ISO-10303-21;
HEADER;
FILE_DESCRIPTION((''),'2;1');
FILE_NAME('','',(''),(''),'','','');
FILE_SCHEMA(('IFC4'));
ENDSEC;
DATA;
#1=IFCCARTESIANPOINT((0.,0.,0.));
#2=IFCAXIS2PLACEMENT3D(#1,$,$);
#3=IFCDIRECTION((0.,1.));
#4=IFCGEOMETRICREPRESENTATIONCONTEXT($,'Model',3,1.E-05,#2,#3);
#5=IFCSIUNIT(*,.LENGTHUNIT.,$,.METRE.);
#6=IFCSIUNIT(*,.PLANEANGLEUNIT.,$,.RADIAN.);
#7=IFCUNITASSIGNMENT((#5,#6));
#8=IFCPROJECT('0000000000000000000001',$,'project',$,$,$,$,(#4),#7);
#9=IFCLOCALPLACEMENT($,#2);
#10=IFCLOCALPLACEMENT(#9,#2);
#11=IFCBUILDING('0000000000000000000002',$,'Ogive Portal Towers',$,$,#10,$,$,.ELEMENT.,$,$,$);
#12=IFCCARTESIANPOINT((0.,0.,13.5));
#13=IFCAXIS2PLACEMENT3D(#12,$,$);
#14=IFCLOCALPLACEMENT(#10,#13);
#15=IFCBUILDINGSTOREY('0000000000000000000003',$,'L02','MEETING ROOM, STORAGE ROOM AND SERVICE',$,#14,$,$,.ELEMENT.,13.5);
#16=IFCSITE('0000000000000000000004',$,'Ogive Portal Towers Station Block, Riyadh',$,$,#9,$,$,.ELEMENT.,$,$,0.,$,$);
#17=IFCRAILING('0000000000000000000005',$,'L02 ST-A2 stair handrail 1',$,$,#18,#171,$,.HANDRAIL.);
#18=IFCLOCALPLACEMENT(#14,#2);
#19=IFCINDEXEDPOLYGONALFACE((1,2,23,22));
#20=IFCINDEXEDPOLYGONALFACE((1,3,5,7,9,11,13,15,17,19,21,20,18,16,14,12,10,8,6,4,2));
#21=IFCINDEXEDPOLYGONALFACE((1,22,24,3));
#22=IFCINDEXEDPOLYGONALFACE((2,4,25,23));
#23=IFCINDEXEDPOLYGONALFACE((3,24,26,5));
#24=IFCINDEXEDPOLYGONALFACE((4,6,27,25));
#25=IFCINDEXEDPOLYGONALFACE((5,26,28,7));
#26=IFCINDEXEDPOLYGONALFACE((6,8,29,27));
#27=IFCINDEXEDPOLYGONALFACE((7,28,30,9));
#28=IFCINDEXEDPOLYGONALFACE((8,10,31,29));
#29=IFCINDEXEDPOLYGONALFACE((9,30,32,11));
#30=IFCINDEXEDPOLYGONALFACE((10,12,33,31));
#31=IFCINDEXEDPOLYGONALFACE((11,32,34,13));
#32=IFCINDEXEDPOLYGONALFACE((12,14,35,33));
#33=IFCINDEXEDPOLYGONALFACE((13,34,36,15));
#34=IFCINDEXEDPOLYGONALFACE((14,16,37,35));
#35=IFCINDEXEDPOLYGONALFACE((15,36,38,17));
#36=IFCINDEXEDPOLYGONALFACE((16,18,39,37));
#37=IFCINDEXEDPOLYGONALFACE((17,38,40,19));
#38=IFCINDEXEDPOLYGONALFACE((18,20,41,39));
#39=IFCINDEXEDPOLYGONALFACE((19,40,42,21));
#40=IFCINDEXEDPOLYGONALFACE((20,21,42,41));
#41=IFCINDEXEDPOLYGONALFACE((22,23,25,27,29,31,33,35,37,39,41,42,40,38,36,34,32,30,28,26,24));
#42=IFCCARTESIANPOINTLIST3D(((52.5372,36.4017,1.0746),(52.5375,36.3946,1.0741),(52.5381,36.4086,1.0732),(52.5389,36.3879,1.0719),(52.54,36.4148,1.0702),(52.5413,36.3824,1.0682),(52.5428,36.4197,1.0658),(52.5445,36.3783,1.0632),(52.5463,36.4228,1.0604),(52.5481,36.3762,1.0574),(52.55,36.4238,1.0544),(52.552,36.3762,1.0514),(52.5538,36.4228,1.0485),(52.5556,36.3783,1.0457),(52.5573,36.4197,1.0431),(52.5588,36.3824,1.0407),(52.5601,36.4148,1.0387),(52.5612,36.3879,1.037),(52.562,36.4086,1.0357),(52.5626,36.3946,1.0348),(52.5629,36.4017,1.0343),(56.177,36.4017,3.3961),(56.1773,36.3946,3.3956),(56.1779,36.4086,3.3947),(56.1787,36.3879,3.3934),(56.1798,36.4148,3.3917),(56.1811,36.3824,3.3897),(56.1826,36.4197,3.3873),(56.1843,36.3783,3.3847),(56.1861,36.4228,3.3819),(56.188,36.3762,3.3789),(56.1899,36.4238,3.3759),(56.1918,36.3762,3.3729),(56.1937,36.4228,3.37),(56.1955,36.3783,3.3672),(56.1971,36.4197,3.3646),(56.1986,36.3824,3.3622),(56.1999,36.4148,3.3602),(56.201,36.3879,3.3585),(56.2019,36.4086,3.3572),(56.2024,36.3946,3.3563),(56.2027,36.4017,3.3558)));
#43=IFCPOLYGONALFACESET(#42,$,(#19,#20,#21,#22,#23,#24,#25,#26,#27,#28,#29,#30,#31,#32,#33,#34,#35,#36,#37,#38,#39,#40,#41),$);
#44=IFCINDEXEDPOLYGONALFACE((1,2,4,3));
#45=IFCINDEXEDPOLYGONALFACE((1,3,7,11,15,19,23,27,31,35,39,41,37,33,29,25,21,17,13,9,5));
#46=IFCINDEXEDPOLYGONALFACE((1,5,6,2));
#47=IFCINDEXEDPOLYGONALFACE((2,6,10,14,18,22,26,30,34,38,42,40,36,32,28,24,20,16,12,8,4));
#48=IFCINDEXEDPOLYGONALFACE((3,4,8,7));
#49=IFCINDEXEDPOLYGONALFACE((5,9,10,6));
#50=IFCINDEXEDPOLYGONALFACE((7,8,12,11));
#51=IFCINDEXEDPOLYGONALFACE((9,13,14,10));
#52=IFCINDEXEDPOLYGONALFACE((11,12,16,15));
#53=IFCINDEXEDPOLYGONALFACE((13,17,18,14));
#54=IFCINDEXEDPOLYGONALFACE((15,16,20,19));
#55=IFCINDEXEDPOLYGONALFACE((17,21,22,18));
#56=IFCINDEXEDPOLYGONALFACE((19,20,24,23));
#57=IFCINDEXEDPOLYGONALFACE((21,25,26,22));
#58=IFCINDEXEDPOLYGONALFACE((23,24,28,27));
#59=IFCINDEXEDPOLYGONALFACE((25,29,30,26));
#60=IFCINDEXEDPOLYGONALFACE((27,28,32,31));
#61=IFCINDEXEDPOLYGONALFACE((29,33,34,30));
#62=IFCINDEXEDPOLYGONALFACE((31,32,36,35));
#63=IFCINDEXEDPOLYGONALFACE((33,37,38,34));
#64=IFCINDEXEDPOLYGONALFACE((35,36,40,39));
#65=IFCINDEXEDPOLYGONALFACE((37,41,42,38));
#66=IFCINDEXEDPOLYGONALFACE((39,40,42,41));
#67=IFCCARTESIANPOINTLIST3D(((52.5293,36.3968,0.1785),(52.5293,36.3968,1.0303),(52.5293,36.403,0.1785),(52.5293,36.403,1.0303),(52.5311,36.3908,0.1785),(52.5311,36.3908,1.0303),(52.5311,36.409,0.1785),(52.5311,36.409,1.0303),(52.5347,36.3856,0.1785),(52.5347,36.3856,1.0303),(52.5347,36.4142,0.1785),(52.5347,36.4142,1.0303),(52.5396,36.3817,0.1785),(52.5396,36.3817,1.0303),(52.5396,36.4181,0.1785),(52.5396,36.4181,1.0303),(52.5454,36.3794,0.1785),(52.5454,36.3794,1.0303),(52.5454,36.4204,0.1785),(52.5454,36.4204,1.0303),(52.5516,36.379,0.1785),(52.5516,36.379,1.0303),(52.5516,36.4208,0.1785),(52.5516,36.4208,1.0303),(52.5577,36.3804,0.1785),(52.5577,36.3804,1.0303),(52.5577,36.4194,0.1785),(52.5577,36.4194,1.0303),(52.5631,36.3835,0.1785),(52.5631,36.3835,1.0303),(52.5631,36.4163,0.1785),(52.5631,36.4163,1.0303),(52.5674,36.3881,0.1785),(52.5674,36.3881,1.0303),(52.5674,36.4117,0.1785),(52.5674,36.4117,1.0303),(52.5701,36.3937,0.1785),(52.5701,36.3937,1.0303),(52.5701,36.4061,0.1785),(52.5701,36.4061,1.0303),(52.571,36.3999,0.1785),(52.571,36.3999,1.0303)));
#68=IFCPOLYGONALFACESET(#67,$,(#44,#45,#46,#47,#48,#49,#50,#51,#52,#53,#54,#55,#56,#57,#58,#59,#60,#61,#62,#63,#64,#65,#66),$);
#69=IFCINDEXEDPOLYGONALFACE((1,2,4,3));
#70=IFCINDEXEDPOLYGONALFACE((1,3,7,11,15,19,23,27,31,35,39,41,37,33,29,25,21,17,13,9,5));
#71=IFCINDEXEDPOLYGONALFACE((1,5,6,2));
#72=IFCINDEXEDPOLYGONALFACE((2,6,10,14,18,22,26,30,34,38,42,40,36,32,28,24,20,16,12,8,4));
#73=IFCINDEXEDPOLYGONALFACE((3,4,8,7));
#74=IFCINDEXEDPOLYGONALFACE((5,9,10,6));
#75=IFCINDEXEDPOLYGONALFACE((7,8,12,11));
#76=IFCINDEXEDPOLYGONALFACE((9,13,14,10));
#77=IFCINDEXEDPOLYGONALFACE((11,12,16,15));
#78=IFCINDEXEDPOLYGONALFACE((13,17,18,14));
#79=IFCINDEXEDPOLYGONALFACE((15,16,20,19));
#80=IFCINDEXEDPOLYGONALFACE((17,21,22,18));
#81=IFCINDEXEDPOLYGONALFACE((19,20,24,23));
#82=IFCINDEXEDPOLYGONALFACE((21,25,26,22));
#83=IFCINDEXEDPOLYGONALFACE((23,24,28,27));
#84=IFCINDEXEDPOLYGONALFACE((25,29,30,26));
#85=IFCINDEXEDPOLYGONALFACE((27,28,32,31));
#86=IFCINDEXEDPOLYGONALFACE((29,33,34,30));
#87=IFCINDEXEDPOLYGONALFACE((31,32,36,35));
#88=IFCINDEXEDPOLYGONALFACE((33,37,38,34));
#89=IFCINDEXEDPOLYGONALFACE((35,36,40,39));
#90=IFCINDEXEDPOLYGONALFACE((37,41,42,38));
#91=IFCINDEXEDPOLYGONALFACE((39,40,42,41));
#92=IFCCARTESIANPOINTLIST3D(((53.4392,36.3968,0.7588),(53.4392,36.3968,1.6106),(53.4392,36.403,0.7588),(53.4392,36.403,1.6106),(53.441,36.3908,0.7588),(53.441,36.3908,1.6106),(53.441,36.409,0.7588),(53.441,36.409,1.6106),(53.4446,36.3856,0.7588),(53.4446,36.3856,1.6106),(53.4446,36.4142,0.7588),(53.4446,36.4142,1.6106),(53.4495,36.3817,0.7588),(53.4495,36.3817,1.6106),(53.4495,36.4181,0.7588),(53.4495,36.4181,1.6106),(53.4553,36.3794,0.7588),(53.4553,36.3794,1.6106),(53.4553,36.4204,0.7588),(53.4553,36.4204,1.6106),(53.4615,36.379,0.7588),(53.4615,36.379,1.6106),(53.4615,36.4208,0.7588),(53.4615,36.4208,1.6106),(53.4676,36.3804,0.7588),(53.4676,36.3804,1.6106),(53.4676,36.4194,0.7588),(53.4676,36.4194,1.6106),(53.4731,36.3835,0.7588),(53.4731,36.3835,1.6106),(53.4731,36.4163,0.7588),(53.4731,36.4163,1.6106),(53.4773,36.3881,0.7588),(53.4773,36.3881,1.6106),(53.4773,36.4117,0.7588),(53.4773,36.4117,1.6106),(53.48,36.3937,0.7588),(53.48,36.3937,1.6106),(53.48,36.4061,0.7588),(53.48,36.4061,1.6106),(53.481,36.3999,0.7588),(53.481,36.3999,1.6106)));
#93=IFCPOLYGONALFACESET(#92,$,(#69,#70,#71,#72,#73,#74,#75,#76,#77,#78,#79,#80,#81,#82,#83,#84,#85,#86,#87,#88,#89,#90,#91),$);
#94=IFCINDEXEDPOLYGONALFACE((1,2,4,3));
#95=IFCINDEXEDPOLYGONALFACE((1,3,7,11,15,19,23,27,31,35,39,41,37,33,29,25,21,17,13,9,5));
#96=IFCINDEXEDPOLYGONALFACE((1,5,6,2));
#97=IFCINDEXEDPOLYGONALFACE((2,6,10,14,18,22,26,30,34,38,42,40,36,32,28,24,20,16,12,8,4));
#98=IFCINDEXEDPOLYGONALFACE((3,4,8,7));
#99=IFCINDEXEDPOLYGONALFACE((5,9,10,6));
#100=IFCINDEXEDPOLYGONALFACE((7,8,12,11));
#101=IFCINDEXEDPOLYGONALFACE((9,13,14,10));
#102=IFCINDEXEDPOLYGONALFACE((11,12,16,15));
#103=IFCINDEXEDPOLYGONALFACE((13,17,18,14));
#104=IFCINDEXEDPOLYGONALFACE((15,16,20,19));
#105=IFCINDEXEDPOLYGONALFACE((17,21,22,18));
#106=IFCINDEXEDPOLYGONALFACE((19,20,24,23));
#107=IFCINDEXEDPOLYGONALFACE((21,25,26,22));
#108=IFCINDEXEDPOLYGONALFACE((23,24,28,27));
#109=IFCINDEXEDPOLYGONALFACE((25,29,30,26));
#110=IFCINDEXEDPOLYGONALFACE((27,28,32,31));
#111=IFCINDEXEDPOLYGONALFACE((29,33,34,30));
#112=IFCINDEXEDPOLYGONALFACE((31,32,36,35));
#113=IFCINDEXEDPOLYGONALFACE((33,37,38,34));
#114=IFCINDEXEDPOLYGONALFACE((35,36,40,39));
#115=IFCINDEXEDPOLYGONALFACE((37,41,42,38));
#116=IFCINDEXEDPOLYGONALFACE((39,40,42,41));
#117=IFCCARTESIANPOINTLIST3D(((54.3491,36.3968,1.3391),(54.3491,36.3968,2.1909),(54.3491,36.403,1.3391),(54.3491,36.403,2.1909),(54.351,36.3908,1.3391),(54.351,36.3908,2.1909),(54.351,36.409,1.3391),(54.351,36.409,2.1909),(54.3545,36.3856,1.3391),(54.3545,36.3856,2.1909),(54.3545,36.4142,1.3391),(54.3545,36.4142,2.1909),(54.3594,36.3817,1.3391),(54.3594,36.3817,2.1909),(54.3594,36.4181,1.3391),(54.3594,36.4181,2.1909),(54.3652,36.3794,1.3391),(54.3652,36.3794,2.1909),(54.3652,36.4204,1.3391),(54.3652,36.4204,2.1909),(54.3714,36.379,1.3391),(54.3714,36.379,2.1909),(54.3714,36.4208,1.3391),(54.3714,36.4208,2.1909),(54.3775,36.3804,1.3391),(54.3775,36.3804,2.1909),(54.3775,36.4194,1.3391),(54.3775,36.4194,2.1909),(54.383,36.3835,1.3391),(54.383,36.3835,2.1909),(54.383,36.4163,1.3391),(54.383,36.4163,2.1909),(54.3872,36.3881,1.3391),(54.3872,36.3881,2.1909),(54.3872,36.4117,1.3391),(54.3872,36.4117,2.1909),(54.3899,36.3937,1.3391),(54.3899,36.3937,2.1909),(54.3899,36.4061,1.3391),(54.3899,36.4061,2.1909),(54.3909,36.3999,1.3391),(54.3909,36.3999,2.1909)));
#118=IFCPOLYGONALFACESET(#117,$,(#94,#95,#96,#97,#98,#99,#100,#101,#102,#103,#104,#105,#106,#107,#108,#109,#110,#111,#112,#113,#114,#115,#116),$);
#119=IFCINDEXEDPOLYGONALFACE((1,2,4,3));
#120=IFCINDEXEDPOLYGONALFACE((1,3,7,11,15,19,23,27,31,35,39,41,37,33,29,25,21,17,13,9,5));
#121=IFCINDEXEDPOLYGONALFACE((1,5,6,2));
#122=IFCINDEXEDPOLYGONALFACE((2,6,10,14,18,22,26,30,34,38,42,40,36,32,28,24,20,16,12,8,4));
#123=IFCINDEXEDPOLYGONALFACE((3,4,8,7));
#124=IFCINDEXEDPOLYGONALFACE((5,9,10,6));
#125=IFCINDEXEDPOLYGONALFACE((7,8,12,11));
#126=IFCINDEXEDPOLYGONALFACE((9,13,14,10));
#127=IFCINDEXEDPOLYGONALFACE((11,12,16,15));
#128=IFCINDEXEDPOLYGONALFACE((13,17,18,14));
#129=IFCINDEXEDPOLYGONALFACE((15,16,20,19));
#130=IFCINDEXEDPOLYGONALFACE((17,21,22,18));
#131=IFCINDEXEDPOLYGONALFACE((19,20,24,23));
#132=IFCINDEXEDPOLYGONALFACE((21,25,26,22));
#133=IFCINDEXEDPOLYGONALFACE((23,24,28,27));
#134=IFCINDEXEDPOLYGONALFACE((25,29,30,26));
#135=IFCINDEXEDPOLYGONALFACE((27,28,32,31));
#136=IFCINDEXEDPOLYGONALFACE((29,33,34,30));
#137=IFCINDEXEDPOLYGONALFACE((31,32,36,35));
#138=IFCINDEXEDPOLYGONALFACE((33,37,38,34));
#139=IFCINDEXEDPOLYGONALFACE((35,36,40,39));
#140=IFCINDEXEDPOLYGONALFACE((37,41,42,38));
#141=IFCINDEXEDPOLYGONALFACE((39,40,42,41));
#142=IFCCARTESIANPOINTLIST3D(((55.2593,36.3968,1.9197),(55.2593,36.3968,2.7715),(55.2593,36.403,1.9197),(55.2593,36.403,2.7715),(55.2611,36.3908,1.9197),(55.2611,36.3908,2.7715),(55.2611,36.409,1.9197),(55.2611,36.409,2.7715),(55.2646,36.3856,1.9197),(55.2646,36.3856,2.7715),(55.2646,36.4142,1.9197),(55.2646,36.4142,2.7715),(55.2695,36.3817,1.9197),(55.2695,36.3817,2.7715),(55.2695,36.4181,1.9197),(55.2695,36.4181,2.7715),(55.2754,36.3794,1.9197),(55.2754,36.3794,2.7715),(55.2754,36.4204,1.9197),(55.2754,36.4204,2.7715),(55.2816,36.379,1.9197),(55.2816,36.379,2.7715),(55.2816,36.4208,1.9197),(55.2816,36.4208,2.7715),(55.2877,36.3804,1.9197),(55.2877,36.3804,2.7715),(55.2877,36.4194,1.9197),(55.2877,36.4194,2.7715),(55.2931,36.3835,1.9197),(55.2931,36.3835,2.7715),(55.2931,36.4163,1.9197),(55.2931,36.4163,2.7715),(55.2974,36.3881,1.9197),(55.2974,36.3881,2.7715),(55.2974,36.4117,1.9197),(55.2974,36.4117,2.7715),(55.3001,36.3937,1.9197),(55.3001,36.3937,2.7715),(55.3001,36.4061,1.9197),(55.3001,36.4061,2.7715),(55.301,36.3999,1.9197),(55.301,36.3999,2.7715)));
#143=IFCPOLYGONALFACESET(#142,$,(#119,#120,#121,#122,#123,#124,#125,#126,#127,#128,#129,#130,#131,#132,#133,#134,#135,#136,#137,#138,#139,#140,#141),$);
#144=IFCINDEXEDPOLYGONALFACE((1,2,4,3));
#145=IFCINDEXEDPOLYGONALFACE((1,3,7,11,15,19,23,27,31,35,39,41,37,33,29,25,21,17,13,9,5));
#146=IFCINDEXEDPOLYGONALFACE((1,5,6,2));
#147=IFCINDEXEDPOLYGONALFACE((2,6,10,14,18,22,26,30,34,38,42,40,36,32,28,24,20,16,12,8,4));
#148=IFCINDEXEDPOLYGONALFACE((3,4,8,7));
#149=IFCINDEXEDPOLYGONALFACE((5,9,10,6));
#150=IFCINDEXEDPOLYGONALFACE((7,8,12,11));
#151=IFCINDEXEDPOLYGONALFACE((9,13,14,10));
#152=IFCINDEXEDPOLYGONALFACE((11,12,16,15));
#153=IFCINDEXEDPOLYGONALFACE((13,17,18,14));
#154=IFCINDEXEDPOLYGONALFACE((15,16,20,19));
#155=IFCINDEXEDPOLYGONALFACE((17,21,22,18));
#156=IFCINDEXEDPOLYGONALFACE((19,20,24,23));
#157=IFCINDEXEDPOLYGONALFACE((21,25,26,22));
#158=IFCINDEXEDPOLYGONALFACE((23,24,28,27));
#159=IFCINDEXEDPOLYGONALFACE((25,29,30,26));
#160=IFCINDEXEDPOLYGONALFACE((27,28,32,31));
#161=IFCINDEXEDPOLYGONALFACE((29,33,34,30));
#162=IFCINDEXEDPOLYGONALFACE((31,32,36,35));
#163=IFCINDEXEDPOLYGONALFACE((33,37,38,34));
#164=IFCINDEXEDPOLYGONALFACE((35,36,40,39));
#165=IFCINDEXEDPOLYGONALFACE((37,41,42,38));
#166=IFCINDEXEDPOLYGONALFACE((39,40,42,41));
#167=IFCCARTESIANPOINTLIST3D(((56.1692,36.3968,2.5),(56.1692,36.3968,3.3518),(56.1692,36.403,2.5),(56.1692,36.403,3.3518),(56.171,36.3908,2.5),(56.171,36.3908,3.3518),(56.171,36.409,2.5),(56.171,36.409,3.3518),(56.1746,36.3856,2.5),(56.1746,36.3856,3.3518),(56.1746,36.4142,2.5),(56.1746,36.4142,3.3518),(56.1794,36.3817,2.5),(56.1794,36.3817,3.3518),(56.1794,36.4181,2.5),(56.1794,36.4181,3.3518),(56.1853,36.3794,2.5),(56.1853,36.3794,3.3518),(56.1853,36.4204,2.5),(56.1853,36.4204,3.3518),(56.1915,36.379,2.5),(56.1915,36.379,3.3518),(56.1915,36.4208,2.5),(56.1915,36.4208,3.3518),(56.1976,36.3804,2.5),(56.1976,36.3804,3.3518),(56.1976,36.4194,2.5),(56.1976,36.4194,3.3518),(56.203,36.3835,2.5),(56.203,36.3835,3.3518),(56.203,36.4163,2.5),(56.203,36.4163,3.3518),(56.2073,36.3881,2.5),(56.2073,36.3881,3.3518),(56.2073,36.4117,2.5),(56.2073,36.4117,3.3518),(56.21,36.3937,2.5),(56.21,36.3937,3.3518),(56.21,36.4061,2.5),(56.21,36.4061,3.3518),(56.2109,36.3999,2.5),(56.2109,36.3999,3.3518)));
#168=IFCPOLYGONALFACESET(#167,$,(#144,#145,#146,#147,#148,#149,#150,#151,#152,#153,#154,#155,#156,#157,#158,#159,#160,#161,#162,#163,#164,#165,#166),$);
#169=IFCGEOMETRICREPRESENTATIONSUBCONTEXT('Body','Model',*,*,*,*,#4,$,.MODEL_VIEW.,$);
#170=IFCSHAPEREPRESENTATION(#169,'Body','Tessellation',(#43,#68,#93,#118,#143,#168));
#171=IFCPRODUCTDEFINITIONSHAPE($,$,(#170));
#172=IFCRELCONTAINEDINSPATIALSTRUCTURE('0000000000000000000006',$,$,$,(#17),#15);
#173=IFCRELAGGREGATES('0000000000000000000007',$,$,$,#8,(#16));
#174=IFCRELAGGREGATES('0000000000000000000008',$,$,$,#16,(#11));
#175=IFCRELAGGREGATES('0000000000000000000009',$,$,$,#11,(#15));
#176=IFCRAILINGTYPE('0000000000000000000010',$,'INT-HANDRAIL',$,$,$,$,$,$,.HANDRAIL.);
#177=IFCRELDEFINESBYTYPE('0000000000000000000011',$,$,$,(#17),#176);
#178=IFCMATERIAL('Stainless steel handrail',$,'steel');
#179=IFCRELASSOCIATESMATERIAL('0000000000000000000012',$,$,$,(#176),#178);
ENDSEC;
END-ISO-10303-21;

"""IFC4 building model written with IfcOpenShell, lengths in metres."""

from ifc_helpers import new_model, si_unit, direction, frame, origin, origin_2d, place, context, subcontext, project, spatial, circle, extrude, material, type_object, element, save


model = new_model("IFC4")

# Units and contexts
model_context = context("Model", 3, precision=1e-05, world=origin(), true_north=direction((0.0, 1.0)))
body_context = subcontext(model_context, "Body", "Model", "MODEL_VIEW")
ifc_project = project(units=[si_unit("LENGTHUNIT", "METRE"), si_unit("PLANEANGLEUNIT", "RADIAN")], contexts=[model_context])

# Site, building, storey
site_placement = place(None, origin())
site = spatial("IfcSite", under=ifc_project, at=site_placement, Name="Ogive Portal Towers Station Block, Riyadh", CompositionType="ELEMENT", RefElevation=0.0)
building_placement = place(site_placement, origin())
building = spatial("IfcBuilding", under=site, at=building_placement, Name="Ogive Portal Towers", CompositionType="ELEMENT")
storey_placement = place(building_placement, frame((0.0, 0.0, 13.5)))
storey = spatial("IfcBuildingStorey", under=building, at=storey_placement, Name="L02", Description="MEETING ROOM, STORAGE ROOM AND SERVICE", CompositionType="ELEMENT", Elevation=13.5)

# Railing
ifc_material_1 = material(Name="Stainless steel handrail", Category="steel")
railing_type_1 = type_object("IfcRailingType", Name="INT-HANDRAIL", PredefinedType="HANDRAIL", material=ifc_material_1)
railing_1_placement = place(storey_placement, frame((52.55, 36.3999, 0.1785)))
element("IfcRailing", 1, at=railing_1_placement, inside=storey, type_object=railing_type_1, Name="L02 ST-A2 stair handrail 1", PredefinedType="HANDRAIL", context=body_context, shape_type="SweptSolid", body=[
    extrude(circle(Radius=0.0239, at=origin_2d()), frame((0.0, 0.0, 0.876), z_axis=(0.843112, 0.0, 0.537739), x_axis=(0.0, 1.0, 0.0)), (0.0, 0.0, 1.0), 4.3171),
    extrude(circle(Radius=0.021, at=origin_2d()), origin(), (0.0, 0.0, 1.0), 0.8518),
    extrude(circle(Radius=0.021, at=origin_2d()), frame((0.9099, 0.0, 0.5803)), (0.0, 0.0, 1.0), 0.8518),
    extrude(circle(Radius=0.021, at=origin_2d()), frame((1.8198, 0.0, 1.1606)), (0.0, 0.0, 1.0), 0.8518),
    extrude(circle(Radius=0.021, at=origin_2d()), frame((2.73, 0.0, 1.7412)), (0.0, 0.0, 1.0), 0.8518),
    extrude(circle(Radius=0.021, at=origin_2d()), frame((3.6399, 0.0, 2.3215)), (0.0, 0.0, 1.0), 0.8518),
])

save(model, "model.ifc")
